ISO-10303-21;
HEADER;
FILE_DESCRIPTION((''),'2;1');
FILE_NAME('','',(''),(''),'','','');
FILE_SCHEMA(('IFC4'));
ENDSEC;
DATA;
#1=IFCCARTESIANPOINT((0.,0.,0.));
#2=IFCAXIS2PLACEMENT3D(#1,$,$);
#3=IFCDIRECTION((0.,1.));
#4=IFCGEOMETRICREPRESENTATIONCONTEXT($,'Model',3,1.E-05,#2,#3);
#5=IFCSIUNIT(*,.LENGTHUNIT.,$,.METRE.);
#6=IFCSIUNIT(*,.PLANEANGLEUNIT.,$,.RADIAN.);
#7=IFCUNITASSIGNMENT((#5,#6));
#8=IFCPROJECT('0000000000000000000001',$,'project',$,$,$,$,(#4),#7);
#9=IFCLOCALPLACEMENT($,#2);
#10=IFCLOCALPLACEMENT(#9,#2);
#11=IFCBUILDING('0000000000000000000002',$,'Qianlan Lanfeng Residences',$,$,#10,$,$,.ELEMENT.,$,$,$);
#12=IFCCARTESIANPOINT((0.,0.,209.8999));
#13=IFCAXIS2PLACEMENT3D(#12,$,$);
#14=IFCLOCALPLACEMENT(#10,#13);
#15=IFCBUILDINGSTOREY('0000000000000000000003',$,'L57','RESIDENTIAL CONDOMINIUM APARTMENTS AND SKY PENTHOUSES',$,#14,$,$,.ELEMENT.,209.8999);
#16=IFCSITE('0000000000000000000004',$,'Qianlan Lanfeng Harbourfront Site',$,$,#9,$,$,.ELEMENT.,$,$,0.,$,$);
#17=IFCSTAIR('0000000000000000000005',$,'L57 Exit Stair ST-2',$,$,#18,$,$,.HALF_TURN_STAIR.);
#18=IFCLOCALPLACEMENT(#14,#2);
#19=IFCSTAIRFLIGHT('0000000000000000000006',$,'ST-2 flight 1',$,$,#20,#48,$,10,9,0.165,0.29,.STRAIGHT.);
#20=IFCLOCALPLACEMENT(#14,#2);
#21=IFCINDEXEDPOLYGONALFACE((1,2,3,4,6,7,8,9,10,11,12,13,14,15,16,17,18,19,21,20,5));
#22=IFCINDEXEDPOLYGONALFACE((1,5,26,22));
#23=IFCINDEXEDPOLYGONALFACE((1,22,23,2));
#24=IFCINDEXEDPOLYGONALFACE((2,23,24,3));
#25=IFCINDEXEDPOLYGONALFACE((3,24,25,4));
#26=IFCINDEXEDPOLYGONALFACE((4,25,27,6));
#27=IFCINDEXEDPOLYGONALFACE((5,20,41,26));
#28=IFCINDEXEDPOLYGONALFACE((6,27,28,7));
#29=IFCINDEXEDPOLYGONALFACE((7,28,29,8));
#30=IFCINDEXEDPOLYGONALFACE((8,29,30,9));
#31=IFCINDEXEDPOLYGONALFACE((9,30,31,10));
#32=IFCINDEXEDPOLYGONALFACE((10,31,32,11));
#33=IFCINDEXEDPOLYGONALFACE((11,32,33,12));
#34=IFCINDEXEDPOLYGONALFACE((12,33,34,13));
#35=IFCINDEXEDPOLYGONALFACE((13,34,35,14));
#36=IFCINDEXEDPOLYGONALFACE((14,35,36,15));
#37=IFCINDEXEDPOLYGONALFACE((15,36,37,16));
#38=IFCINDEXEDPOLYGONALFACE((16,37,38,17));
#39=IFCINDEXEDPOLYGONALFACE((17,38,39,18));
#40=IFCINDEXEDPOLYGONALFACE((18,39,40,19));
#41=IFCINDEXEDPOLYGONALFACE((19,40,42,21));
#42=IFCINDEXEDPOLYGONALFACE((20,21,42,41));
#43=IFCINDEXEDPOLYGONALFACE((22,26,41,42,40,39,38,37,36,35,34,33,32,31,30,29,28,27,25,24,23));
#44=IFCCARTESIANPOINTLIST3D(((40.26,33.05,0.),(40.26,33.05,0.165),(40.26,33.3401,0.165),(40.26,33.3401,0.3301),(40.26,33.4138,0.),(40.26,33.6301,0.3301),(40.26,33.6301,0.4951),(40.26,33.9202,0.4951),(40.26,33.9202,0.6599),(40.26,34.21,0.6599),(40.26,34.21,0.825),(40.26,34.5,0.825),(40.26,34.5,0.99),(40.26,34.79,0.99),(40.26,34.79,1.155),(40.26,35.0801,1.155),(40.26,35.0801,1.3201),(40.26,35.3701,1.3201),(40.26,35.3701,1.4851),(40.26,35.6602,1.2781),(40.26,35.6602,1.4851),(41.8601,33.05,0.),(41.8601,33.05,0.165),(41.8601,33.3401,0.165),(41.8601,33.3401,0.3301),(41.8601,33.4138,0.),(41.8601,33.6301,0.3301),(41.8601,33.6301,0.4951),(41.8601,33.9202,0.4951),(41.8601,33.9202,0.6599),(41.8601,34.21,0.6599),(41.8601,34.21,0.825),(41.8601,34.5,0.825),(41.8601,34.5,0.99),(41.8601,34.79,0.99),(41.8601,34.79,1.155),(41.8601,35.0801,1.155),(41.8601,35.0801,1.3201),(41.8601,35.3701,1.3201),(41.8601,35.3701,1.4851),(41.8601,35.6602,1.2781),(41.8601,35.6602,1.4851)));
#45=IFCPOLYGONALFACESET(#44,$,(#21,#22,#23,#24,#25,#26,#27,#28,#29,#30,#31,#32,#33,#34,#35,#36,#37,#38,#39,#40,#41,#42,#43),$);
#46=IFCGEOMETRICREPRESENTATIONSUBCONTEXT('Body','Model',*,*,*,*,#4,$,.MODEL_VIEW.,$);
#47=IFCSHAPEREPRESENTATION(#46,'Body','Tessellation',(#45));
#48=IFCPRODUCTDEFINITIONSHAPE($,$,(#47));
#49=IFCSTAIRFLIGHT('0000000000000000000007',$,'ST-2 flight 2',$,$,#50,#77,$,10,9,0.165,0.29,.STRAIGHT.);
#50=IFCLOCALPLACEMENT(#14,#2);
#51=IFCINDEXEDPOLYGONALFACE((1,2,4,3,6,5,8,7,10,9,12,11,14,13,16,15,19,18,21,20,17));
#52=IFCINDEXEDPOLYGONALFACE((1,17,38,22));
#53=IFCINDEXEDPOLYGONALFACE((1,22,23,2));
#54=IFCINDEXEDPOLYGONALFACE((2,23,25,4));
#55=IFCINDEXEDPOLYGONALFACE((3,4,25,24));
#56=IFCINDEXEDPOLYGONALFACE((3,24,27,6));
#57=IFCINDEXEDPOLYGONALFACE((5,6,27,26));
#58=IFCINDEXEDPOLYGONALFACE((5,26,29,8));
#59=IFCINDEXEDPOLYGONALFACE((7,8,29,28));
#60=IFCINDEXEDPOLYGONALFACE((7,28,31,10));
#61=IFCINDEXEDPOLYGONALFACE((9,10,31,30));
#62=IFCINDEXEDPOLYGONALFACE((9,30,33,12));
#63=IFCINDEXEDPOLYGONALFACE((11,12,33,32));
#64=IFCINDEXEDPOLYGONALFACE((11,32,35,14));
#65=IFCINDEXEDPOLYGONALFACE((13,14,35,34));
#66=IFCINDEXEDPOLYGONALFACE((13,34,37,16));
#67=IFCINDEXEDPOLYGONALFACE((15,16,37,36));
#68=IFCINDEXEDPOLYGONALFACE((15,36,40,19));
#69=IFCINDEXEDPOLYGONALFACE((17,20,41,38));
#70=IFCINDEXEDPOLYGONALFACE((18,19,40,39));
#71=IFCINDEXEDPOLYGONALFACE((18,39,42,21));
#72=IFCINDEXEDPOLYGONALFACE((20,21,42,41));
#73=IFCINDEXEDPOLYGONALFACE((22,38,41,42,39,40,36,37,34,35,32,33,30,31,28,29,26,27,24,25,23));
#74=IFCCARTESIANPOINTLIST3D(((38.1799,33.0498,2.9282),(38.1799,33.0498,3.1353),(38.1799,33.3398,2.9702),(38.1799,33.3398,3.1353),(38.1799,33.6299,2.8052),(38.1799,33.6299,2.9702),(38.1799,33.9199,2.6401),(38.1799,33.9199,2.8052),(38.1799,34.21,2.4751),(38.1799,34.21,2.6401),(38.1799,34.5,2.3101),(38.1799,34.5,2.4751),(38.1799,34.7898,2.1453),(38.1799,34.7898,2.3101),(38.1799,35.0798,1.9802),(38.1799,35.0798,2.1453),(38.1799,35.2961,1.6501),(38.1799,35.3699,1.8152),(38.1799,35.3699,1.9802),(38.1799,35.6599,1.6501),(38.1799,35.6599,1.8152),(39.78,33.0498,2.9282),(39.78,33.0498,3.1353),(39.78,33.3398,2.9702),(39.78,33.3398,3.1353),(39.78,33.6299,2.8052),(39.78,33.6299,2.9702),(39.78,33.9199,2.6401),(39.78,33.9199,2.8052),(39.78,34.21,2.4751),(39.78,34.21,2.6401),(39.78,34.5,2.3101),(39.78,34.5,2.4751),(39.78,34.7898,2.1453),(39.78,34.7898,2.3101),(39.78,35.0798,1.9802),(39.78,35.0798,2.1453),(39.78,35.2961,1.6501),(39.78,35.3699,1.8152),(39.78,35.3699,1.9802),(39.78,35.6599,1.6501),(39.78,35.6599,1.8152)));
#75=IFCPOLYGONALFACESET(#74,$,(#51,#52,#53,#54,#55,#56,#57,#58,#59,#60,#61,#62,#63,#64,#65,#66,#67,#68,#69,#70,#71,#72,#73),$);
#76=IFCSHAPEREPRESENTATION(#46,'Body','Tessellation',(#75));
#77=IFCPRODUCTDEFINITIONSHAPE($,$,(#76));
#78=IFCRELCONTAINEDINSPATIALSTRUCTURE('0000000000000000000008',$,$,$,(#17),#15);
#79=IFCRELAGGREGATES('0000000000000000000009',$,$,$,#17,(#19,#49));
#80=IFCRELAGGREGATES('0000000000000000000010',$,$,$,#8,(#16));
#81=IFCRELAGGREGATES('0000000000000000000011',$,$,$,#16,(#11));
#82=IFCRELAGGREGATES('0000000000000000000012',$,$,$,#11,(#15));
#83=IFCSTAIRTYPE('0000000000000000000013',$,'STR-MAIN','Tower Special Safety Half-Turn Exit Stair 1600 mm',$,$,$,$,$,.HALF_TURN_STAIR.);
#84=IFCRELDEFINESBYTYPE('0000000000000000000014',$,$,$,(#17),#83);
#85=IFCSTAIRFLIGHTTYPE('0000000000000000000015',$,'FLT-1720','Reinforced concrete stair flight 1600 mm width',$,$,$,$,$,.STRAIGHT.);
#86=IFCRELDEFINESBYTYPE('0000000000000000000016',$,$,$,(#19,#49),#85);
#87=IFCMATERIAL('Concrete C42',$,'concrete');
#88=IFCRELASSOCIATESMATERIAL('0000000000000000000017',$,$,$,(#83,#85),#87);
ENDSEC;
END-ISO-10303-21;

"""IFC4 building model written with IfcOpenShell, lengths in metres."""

from ifc_helpers import new_model, si_unit, direction, frame, origin, place, context, subcontext, project, spatial, polyline, outline, extrude, material, type_object, element, aggregate, save


model = new_model("IFC4")

# Units and contexts
model_context = context("Model", 3, precision=1e-05, world=origin(), true_north=direction((0.0, 1.0)))
body_context = subcontext(model_context, "Body", "Model", "MODEL_VIEW")
ifc_project = project(units=[si_unit("LENGTHUNIT", "METRE"), si_unit("PLANEANGLEUNIT", "RADIAN")], contexts=[model_context])

# Site, building, storey
site_placement = place(None, origin())
site = spatial("IfcSite", under=ifc_project, at=site_placement, Name="Qianlan Lanfeng Harbourfront Site", CompositionType="ELEMENT", RefElevation=0.0)
building_placement = place(site_placement, origin())
building = spatial("IfcBuilding", under=site, at=building_placement, Name="Qianlan Lanfeng Residences", CompositionType="ELEMENT")
storey_placement = place(building_placement, frame((0.0, 0.0, 209.8999)))
storey = spatial("IfcBuildingStorey", under=building, at=storey_placement, Name="L57", Description="RESIDENTIAL CONDOMINIUM APARTMENTS AND SKY PENTHOUSES", CompositionType="ELEMENT", Elevation=209.8999)

# Shared definitions
ifc_material_1 = material(Name="Concrete C42", Category="concrete")

# Stair, stair flights
stair_type = type_object("IfcStairType", Name="STR-MAIN", Description="Tower Special Safety Half-Turn Exit Stair 1600 mm", PredefinedType="HALF_TURN_STAIR", material=ifc_material_1)
stair_placement = place(storey_placement, origin())
stair = element("IfcStair", 1, at=stair_placement, inside=storey, type_object=stair_type, Name="L57 Exit Stair ST-2", PredefinedType="HALF_TURN_STAIR")
stair_flight_type = type_object("IfcStairFlightType", Name="FLT-1720", Description="Reinforced concrete stair flight 1600 mm width", PredefinedType="STRAIGHT", material=ifc_material_1)
stair_flight_1_placement = place(storey_placement, frame((41.0601, 33.05, 0.0), z_axis=(0.0, 0.0, 1.0), x_axis=(0.0, 1.0, 0.0)))
stair_flight_1 = element("IfcStairFlight", 2, at=stair_flight_1_placement, type_object=stair_flight_type, Name="ST-2 flight 1", NumberOfRisers=10, NumberOfTreads=9, PredefinedType="STRAIGHT", RiserHeight=0.165, TreadLength=0.29, context=body_context, shape_type="SweptSolid", body=[
    extrude(outline(polyline([(0.0, 0.0), (0.0, 0.165), (0.29, 0.165), (0.29, 0.3301), (0.5801, 0.3301), (0.5801, 0.4951), (0.8701, 0.4951), (0.8701, 0.6599), (1.1599, 0.6599), (1.1599, 0.825), (1.45, 0.825), (1.45, 0.99), (1.74, 0.99), (1.74, 1.155), (2.03, 1.155), (2.03, 1.3201), (2.3201, 1.3201), (2.3201, 1.4851), (2.6101, 1.4851), (2.6101, 1.6499), (2.6101, 1.2781), (0.3638, 0.0), (0.0, 0.0)])), frame((0.0, 0.8, 0.0), z_axis=(0.0, -1.0, 0.0), x_axis=(1.0, 0.0, 0.0)), (0.0, 0.0, 1.0), 1.6001),
])
stair_flight_2_placement = place(storey_placement, frame((38.98, 35.6599, 1.6501), z_axis=(0.0, 0.0, 1.0), x_axis=(0.0, -1.0, 0.0)))
stair_flight_2 = element("IfcStairFlight", 3, at=stair_flight_2_placement, type_object=stair_flight_type, Name="ST-2 flight 2", NumberOfRisers=10, NumberOfTreads=9, PredefinedType="STRAIGHT", RiserHeight=0.165, TreadLength=0.29, context=body_context, shape_type="SweptSolid", body=[
    extrude(outline(polyline([(0.0, 0.0), (0.0, 0.165), (0.29, 0.165), (0.29, 0.3301), (0.5801, 0.3301), (0.5801, 0.4951), (0.8701, 0.4951), (0.8701, 0.6599), (1.1599, 0.6599), (1.1599, 0.825), (1.45, 0.825), (1.45, 0.99), (1.74, 0.99), (1.74, 1.155), (2.03, 1.155), (2.03, 1.3201), (2.3201, 1.3201), (2.3201, 1.4851), (2.6101, 1.4851), (2.6101, 1.6499), (2.6101, 1.2781), (0.3638, 0.0), (0.0, 0.0)])), frame((0.0, 0.8, 0.0), z_axis=(0.0, -1.0, 0.0), x_axis=(1.0, 0.0, 0.0)), (0.0, 0.0, 1.0), 1.6001),
])
aggregate(stair, [stair_flight_1, stair_flight_2])

save(model, "model.ifc")
